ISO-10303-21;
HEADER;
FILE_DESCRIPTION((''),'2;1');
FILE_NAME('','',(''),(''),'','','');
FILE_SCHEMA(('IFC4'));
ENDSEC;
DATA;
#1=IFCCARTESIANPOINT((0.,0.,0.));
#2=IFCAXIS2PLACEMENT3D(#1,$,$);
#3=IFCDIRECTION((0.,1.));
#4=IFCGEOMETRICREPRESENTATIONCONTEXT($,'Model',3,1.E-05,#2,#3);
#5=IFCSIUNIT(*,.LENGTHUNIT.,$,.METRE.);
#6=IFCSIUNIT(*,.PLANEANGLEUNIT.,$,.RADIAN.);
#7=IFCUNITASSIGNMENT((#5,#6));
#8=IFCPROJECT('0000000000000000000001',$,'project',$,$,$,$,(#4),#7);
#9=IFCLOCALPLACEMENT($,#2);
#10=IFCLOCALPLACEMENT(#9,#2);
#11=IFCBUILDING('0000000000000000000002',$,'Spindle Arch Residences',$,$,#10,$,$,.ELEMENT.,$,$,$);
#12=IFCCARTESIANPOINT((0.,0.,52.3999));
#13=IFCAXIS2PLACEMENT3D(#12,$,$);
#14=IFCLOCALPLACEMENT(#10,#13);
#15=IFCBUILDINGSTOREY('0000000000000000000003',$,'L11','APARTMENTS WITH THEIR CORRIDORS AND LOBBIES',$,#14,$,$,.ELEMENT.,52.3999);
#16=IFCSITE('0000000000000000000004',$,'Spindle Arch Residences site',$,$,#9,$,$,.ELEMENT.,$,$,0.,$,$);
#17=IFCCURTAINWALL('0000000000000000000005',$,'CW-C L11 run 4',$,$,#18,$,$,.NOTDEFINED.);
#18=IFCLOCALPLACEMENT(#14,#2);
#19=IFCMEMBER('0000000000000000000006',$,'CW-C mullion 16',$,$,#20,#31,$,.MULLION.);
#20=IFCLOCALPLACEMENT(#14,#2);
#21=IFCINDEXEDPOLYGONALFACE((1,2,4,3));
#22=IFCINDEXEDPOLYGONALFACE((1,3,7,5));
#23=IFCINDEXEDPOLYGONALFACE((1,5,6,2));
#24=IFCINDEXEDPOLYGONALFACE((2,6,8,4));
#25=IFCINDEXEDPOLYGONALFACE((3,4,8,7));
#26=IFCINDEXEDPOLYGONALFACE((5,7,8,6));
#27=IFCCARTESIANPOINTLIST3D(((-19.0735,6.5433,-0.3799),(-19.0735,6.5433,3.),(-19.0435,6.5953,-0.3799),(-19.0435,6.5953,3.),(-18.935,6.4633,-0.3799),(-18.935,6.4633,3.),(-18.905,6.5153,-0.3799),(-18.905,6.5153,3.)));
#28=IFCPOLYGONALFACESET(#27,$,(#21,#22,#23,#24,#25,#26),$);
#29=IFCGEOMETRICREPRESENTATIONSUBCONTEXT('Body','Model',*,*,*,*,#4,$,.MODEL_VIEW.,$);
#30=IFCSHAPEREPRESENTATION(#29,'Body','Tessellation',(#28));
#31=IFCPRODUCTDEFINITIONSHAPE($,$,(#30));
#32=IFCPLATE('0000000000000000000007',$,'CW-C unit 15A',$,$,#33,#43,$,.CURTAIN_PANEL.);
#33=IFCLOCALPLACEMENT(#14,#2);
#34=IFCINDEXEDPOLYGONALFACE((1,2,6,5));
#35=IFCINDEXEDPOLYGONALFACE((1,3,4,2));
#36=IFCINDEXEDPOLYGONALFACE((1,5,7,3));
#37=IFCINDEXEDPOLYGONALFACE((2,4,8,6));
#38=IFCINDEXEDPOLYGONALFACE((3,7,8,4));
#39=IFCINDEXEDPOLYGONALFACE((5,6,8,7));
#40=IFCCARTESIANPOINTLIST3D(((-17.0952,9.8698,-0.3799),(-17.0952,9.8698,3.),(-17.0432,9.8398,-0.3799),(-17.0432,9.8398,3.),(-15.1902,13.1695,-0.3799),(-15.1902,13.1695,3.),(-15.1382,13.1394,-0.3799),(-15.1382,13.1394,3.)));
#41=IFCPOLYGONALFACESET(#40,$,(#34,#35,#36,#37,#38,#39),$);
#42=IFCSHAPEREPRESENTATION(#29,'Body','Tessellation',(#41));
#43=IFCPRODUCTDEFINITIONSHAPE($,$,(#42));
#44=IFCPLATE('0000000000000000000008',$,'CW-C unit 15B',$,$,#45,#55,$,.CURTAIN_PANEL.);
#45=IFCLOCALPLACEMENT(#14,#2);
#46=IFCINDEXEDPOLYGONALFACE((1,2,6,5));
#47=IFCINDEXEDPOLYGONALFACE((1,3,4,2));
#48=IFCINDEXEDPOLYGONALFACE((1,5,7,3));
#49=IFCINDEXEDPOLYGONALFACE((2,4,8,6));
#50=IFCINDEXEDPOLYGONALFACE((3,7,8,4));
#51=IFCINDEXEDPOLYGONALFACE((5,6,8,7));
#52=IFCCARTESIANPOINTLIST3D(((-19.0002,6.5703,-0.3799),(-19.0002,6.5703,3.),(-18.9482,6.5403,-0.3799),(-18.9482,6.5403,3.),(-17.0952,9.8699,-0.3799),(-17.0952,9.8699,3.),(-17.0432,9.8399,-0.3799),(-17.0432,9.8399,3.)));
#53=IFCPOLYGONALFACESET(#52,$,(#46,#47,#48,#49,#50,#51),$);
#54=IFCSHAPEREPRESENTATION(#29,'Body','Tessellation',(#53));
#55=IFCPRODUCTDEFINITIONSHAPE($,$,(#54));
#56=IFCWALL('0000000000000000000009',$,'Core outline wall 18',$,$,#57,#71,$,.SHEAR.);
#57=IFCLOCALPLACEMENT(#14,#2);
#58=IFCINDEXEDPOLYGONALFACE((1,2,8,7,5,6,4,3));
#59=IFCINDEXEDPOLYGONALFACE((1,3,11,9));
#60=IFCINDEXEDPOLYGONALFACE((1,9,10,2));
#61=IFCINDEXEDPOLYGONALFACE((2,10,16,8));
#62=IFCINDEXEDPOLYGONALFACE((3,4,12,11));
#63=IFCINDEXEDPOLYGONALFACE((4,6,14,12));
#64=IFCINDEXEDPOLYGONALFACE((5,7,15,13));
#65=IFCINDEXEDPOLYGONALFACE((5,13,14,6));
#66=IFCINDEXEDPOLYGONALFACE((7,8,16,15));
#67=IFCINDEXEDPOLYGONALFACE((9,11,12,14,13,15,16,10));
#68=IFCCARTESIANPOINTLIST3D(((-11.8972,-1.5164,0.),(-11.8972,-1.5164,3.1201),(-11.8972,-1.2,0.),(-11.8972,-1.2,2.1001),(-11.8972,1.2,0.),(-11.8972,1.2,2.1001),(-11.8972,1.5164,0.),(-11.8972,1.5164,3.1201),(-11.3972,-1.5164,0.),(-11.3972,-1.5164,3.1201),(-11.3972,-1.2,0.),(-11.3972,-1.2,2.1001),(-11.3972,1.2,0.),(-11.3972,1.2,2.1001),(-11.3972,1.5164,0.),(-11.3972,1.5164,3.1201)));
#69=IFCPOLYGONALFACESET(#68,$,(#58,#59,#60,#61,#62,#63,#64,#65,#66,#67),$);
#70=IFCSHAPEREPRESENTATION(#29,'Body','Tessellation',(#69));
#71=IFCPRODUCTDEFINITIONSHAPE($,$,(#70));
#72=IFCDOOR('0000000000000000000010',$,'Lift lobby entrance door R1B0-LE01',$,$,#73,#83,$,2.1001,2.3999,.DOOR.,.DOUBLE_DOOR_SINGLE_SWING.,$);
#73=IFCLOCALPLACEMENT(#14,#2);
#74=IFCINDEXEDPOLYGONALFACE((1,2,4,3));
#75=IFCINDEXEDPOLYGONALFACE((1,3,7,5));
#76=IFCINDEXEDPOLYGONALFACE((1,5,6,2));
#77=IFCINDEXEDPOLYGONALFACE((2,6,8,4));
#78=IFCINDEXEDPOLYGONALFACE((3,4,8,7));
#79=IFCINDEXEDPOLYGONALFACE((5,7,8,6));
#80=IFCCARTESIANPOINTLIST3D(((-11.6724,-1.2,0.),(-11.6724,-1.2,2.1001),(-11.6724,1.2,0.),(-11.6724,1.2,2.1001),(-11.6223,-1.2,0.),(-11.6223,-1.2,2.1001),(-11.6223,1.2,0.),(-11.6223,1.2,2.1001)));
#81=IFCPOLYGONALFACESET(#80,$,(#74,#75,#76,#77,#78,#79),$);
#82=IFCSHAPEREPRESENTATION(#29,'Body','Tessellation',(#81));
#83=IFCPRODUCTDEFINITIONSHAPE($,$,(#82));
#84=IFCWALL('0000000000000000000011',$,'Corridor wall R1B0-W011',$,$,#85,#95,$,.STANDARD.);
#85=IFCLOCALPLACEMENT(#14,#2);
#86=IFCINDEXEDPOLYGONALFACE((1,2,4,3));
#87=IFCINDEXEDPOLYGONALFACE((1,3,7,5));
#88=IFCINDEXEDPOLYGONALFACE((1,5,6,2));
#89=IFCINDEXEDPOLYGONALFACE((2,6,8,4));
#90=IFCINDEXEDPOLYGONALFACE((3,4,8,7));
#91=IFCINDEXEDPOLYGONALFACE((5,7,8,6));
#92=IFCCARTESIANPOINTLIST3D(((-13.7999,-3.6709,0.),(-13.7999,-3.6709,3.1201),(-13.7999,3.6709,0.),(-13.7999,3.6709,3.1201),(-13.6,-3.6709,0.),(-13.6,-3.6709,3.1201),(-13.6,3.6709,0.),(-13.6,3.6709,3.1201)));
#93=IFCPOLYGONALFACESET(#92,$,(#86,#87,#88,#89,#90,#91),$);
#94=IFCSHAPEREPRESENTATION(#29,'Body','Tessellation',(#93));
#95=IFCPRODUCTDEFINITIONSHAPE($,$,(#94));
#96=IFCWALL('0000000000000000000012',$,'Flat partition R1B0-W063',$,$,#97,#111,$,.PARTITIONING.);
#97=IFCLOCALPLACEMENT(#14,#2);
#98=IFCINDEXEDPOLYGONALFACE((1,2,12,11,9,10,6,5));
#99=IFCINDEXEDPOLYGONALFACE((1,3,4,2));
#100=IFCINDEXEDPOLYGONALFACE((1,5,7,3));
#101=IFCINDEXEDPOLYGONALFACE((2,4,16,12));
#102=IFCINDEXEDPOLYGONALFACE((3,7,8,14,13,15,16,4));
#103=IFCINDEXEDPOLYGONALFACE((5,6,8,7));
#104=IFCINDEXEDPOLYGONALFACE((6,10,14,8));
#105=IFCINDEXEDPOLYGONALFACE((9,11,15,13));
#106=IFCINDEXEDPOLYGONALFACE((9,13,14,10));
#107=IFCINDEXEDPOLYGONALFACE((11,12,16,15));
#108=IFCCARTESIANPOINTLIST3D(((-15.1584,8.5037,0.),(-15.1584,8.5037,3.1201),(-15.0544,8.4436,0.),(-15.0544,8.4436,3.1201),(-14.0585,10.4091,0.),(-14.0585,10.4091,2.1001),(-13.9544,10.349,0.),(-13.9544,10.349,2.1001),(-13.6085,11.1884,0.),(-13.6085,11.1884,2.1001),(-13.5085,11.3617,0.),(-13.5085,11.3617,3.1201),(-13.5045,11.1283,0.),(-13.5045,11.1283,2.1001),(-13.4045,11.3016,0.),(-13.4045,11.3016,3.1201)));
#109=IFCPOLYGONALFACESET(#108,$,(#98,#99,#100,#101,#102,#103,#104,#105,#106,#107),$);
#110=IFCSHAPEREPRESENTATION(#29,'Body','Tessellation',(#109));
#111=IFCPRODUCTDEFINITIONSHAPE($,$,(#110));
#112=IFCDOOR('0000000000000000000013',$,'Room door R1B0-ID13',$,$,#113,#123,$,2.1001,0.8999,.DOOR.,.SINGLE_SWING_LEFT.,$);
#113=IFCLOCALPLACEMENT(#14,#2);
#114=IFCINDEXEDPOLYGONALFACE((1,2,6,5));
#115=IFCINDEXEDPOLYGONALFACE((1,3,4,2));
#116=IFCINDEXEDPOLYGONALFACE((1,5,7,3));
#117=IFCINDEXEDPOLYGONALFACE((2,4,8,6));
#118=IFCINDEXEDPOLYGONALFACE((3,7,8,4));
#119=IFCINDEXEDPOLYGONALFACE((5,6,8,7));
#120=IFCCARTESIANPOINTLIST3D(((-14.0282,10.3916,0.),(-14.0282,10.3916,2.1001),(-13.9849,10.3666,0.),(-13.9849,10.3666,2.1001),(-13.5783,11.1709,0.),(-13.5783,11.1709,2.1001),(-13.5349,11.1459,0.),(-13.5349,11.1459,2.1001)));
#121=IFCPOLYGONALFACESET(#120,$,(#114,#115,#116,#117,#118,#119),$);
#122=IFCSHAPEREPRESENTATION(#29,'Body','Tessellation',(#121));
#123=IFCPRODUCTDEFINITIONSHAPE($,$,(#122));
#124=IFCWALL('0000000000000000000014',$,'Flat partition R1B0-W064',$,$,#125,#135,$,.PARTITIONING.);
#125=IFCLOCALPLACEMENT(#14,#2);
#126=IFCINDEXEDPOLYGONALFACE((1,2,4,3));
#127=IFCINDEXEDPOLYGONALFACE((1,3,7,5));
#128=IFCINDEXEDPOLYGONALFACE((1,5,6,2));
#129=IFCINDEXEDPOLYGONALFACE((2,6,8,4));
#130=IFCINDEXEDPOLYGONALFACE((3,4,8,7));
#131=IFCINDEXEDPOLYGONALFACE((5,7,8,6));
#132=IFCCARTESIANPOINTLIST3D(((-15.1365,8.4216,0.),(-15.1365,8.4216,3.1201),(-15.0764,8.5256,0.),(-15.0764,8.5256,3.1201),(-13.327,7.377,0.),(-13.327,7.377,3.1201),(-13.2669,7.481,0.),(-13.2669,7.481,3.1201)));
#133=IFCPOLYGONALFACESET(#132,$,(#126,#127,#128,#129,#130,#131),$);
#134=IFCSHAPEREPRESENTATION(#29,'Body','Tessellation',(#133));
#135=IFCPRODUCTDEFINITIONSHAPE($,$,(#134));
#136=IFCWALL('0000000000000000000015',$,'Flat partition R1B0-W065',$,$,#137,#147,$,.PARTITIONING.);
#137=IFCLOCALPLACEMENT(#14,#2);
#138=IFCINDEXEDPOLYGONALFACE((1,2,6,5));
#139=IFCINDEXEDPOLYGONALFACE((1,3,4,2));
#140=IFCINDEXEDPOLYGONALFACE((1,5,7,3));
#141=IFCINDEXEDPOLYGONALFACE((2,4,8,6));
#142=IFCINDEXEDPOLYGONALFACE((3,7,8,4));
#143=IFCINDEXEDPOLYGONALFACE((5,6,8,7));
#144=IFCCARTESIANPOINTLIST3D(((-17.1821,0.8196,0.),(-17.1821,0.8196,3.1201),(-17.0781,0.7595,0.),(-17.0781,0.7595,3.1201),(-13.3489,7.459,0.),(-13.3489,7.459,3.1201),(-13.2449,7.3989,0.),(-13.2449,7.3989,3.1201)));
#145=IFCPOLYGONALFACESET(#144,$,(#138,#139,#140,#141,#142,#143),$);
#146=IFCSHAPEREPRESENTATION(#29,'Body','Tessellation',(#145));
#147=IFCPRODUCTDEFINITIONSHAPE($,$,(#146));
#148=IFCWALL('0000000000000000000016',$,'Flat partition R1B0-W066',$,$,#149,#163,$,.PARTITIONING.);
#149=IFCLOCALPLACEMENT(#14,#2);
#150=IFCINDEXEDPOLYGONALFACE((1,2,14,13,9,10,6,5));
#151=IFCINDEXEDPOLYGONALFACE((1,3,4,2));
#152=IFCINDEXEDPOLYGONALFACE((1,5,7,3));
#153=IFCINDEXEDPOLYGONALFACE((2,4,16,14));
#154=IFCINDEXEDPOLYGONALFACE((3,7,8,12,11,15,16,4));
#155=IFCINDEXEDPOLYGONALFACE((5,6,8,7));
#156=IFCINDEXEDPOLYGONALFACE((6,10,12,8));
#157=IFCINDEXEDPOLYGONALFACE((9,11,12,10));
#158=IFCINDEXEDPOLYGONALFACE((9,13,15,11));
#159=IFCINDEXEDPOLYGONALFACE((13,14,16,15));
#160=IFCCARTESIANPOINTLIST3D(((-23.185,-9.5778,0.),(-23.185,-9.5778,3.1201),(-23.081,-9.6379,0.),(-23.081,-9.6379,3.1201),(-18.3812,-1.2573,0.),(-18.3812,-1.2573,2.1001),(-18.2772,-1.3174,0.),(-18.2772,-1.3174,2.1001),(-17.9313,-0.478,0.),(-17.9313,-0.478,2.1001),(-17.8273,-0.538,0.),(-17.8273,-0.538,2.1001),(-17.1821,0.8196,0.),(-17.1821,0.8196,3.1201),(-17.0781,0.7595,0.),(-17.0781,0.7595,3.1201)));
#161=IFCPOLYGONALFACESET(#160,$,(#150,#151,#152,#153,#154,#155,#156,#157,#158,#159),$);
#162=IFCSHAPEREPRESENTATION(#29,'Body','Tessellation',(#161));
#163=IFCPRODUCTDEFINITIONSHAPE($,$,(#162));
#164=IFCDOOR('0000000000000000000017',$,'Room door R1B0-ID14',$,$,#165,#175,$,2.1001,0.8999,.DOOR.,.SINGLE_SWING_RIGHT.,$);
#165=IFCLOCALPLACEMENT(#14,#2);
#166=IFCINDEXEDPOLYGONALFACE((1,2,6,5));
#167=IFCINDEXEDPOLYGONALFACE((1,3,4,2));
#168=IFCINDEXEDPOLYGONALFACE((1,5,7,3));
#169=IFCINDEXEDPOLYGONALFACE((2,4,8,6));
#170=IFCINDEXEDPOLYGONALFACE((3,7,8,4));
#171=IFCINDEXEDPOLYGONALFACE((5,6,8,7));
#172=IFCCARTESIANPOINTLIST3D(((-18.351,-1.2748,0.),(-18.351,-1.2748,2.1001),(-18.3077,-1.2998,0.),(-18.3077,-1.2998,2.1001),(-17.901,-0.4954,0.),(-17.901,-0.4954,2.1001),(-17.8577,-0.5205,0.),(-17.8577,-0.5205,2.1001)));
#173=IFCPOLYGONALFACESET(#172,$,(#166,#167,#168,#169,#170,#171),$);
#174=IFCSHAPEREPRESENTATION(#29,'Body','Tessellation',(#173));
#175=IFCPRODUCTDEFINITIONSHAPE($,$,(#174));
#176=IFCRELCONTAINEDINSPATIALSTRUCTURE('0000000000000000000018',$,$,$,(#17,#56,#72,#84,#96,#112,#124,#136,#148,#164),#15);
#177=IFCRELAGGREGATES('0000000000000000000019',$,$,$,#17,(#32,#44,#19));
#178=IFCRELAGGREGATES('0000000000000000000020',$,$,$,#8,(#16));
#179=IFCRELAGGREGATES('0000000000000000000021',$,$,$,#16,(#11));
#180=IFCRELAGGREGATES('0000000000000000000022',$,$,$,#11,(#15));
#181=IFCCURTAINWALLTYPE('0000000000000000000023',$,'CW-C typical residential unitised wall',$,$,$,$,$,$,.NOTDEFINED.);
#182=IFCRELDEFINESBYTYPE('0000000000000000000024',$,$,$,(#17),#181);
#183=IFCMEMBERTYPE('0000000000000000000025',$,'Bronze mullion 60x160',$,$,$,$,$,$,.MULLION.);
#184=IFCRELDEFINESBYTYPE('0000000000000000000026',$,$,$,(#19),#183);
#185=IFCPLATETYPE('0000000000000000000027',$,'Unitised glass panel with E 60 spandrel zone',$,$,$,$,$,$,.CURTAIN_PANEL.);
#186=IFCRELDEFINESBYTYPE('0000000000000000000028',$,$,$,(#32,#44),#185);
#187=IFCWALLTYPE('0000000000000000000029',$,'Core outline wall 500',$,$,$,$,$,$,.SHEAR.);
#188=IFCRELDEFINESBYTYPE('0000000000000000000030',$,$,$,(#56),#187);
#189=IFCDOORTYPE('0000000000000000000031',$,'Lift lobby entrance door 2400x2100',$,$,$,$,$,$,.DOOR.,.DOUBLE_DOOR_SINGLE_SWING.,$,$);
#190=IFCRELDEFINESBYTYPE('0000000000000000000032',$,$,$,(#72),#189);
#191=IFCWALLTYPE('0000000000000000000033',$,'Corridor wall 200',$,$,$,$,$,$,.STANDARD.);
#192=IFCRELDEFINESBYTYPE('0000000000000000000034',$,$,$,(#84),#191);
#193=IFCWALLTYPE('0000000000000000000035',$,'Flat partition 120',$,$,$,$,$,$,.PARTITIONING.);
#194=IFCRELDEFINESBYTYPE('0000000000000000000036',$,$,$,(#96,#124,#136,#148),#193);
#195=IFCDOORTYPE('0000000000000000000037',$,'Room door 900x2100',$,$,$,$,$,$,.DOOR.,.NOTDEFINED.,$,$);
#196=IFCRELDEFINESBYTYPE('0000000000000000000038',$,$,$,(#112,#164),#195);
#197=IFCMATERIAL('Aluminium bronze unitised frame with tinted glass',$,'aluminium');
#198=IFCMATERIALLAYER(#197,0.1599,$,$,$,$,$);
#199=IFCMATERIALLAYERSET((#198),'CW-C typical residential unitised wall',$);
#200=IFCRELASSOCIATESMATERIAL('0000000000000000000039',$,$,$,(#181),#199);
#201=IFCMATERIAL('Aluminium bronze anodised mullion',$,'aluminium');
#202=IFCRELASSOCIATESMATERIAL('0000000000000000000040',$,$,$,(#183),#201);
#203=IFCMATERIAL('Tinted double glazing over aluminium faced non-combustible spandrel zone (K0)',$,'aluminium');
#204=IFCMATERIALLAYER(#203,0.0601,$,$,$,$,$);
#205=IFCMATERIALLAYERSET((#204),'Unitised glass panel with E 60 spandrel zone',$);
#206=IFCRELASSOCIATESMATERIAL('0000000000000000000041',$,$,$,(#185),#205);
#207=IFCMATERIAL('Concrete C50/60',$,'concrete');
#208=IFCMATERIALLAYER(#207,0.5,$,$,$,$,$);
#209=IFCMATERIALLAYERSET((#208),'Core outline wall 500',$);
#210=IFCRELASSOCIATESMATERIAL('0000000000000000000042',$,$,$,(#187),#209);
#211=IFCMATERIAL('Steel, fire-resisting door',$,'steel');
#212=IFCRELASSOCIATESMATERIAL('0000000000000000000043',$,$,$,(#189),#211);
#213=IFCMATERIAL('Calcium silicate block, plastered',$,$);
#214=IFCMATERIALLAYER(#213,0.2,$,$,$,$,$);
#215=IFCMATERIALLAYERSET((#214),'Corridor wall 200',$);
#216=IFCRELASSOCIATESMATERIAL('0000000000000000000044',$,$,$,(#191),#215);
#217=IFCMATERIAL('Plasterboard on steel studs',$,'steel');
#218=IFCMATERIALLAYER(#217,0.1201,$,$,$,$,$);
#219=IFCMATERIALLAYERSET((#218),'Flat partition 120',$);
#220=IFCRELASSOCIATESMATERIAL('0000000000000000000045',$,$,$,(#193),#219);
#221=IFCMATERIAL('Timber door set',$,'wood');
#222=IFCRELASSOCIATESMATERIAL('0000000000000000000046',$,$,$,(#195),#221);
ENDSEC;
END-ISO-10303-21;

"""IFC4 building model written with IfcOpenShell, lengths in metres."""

from ifc_helpers import new_model, si_unit, direction, frame, frame_2d, origin, origin_2d, place, context, subcontext, project, spatial, rectangle, extrude, material, layer, layer_set, material_profile, profile_set, type_object, element, fill, aggregate, save


model = new_model("IFC4")

# Units and contexts
model_context = context("Model", 3, precision=1e-05, world=origin(), true_north=direction((0.0, 1.0)))
body_context = subcontext(model_context, "Body", "Model", "MODEL_VIEW")
ifc_project = project(units=[si_unit("LENGTHUNIT", "METRE"), si_unit("PLANEANGLEUNIT", "RADIAN")], contexts=[model_context])

# Site, building, storey
site_placement = place(None, origin())
site = spatial("IfcSite", under=ifc_project, at=site_placement, Name="Spindle Arch Residences site", CompositionType="ELEMENT", RefElevation=0.0)
building_placement = place(site_placement, origin())
building = spatial("IfcBuilding", under=site, at=building_placement, Name="Spindle Arch Residences", CompositionType="ELEMENT")
storey_placement = place(building_placement, frame((0.0, 0.0, 52.3999)))
storey = spatial("IfcBuildingStorey", under=building, at=storey_placement, Name="L11", Description="APARTMENTS WITH THEIR CORRIDORS AND LOBBIES", CompositionType="ELEMENT", Elevation=52.3999)

# Curtain wall, member, plates
ifc_material_1 = material(Name="Aluminium bronze unitised frame with tinted glass", Category="aluminium")
ifc_layer_1 = layer(ifc_material_1, 0.1599)
ifc_layer_set_1 = layer_set([ifc_layer_1], Name="CW-C typical residential unitised wall")
curtain_wall_type = type_object("IfcCurtainWallType", Name="CW-C typical residential unitised wall", PredefinedType="NOTDEFINED", material=ifc_layer_set_1)
curtain_wall_placement = place(storey_placement, origin())
curtain_wall = element("IfcCurtainWall", 1, at=curtain_wall_placement, inside=storey, type_object=curtain_wall_type, Name="CW-C L11 run 4", PredefinedType="NOTDEFINED")
ifc_material_2 = material(Name="Aluminium bronze anodised mullion", Category="aluminium")
ifc_material_profile = material_profile(ifc_material_2, rectangle(XDim=0.1599, YDim=0.0601, at=origin_2d()), Name="MU 60x160")
ifc_profile_set = profile_set([ifc_material_profile], Name="Aluminium bronze anodised mullion")
member_type = type_object("IfcMemberType", Name="Bronze mullion 60x160", PredefinedType="MULLION", material=ifc_profile_set)
member_placement = place(storey_placement, frame((-18.9893, 6.5293, -0.3799), z_axis=(0.0, 0.0, 1.0), x_axis=(0.866025, -0.5, 0.0)))
member = element("IfcMember", 2, at=member_placement, type_object=member_type, Name="CW-C mullion 16", PredefinedType="MULLION", context=body_context, shape_type="SweptSolid", body=[
    extrude(rectangle(XDim=0.1599, YDim=0.0601, at=origin_2d()), origin(), (0.0, 0.0, 1.0), 3.3799),
])
ifc_material_3 = material(Name="Tinted double glazing over aluminium faced non-combustible spandrel zone (K0)", Category="aluminium")
ifc_layer_2 = layer(ifc_material_3, 0.0601)
ifc_layer_set_2 = layer_set([ifc_layer_2], Name="Unitised glass panel with E 60 spandrel zone")
plate_type = type_object("IfcPlateType", Name="Unitised glass panel with E 60 spandrel zone", PredefinedType="CURTAIN_PANEL", material=ifc_layer_set_2)
plate_1_placement = place(storey_placement, frame((-16.1167, 11.5046, -0.3799), z_axis=(0.0, 0.0, 1.0), x_axis=(-0.5, -0.866025, 0.0)))
plate_1 = element("IfcPlate", 3, at=plate_1_placement, type_object=plate_type, Name="CW-C unit 15A", PredefinedType="CURTAIN_PANEL", context=body_context, shape_type="SweptSolid", body=[
    extrude(rectangle(XDim=3.8101, YDim=0.0601, at=origin_2d()), origin(), (0.0, 0.0, 1.0), 3.3799),
])
plate_2_placement = place(storey_placement, frame((-18.0217, 8.2051, -0.3799), z_axis=(0.0, 0.0, 1.0), x_axis=(-0.5, -0.866025, 0.0)))
plate_2 = element("IfcPlate", 4, at=plate_2_placement, type_object=plate_type, Name="CW-C unit 15B", PredefinedType="CURTAIN_PANEL", context=body_context, shape_type="SweptSolid", body=[
    extrude(rectangle(XDim=3.8101, YDim=0.0601, at=origin_2d()), origin(), (0.0, 0.0, 1.0), 3.3799),
])
aggregate(curtain_wall, [plate_1, plate_2, member])

# Wall, opening, door
ifc_material_4 = material(Name="Concrete C50/60", Category="concrete")
ifc_layer_3 = layer(ifc_material_4, 0.5)
ifc_layer_set_3 = layer_set([ifc_layer_3], Name="Core outline wall 500")
wall_type_1 = type_object("IfcWallType", Name="Core outline wall 500", PredefinedType="SHEAR", material=ifc_layer_set_3)
wall_1_placement = place(storey_placement, frame((-11.6472, 1.5164, 0.0), z_axis=(0.0, 0.0, 1.0), x_axis=(0.0, -1.0, 0.0)))
wall_1 = element("IfcWall", 5, at=wall_1_placement, inside=storey, type_object=wall_type_1, Name="Core outline wall 18", PredefinedType="SHEAR", context=body_context, shape_type="SweptSolid", body=[
    extrude(rectangle(XDim=3.0327, YDim=0.5, at=frame_2d((1.5164, 0.0))), origin(), (0.0, 0.0, 1.0), 3.1201),
])
opening_1_placement = place(wall_1_placement, frame((0.3164, 0.0, 0.0)))
opening_1 = element("IfcOpeningElement", 6, at=opening_1_placement, cuts=wall_1, PredefinedType="OPENING", context=body_context, shape_type="SweptSolid", body=[
    extrude(rectangle(XDim=2.3999, YDim=2.1001, at=frame_2d((1.2, 1.05))), frame((0.0, 0.26, 0.0), z_axis=(0.0, -1.0, 0.0), x_axis=(1.0, 0.0, 0.0)), (0.0, 0.0, 1.0), 0.52),
])
ifc_material_5 = material(Name="Steel, fire-resisting door", Category="steel")
door_type_1 = type_object("IfcDoorType", Name="Lift lobby entrance door 2400x2100", OperationType="DOUBLE_DOOR_SINGLE_SWING", PredefinedType="DOOR", material=ifc_material_5)
door_1_placement = place(opening_1_placement, origin())
door_1 = element("IfcDoor", 7, at=door_1_placement, inside=storey, type_object=door_type_1, Name="Lift lobby entrance door R1B0-LE01", OperationType="DOUBLE_DOOR_SINGLE_SWING", OverallHeight=2.1001, OverallWidth=2.3999, PredefinedType="DOOR", context=body_context, shape_type="SweptSolid", body=[
    extrude(rectangle(XDim=2.3999, YDim=2.1001, at=frame_2d((1.2, 1.05))), frame((0.0, 0.0249, 0.0), z_axis=(0.0, -1.0, 0.0), x_axis=(1.0, 0.0, 0.0)), (0.0, 0.0, 1.0), 0.05),
])
fill(opening_1, door_1)

# Wall
ifc_material_6 = material(Name="Calcium silicate block, plastered")
ifc_layer_4 = layer(ifc_material_6, 0.2)
ifc_layer_set_4 = layer_set([ifc_layer_4], Name="Corridor wall 200")
wall_type_2 = type_object("IfcWallType", Name="Corridor wall 200", PredefinedType="STANDARD", material=ifc_layer_set_4)
wall_2_placement = place(storey_placement, frame((-13.7, 3.6709, 0.0), z_axis=(0.0, 0.0, 1.0), x_axis=(0.0, -1.0, 0.0)))
element("IfcWall", 8, at=wall_2_placement, inside=storey, type_object=wall_type_2, Name="Corridor wall R1B0-W011", PredefinedType="STANDARD", context=body_context, shape_type="SweptSolid", body=[
    extrude(rectangle(XDim=7.3418, YDim=0.2, at=frame_2d((3.6709, 0.0))), origin(), (0.0, 0.0, 1.0), 3.1201),
])

# Wall, opening, door
ifc_material_7 = material(Name="Plasterboard on steel studs", Category="steel")
ifc_layer_5 = layer(ifc_material_7, 0.1201)
ifc_layer_set_5 = layer_set([ifc_layer_5], Name="Flat partition 120")
wall_type_3 = type_object("IfcWallType", Name="Flat partition 120", PredefinedType="PARTITIONING", material=ifc_layer_set_5)
wall_3_placement = place(storey_placement, frame((-13.4565, 11.3315, 0.0), z_axis=(0.0, 0.0, 1.0), x_axis=(-0.499974, -0.86604, 0.0)))
wall_3 = element("IfcWall", 9, at=wall_3_placement, inside=storey, type_object=wall_type_3, Name="Flat partition R1B0-W063", PredefinedType="PARTITIONING", context=body_context, shape_type="SweptSolid", body=[
    extrude(rectangle(XDim=3.3, YDim=0.1201, at=frame_2d((1.6499, 0.0))), origin(), (0.0, 0.0, 1.0), 3.1201),
])
opening_2_placement = place(wall_3_placement, frame((0.2, 0.0, 0.0)))
opening_2 = element("IfcOpeningElement", 10, at=opening_2_placement, cuts=wall_3, PredefinedType="OPENING", context=body_context, shape_type="SweptSolid", body=[
    extrude(rectangle(XDim=0.8999, YDim=2.1001, at=frame_2d((0.45, 1.05))), frame((0.0, 0.0701, 0.0), z_axis=(0.0, -1.0, 0.0), x_axis=(1.0, 0.0, 0.0)), (0.0, 0.0, 1.0), 0.1401),
])
ifc_material_8 = material(Name="Timber door set", Category="wood")
door_type_2 = type_object("IfcDoorType", Name="Room door 900x2100", OperationType="NOTDEFINED", PredefinedType="DOOR", material=ifc_material_8)
door_2_placement = place(opening_2_placement, origin())
door_2 = element("IfcDoor", 11, at=door_2_placement, inside=storey, type_object=door_type_2, Name="Room door R1B0-ID13", OperationType="SINGLE_SWING_LEFT", OverallHeight=2.1001, OverallWidth=0.8999, PredefinedType="DOOR", context=body_context, shape_type="SweptSolid", body=[
    extrude(rectangle(XDim=0.8999, YDim=2.1001, at=frame_2d((0.45, 1.05))), frame((0.0, 0.0249, 0.0), z_axis=(0.0, -1.0, 0.0), x_axis=(1.0, 0.0, 0.0)), (0.0, 0.0, 1.0), 0.05),
])
fill(opening_2, door_2)

# Walls
wall_4_placement = place(storey_placement, frame((-15.1064, 8.4736, 0.0), z_axis=(0.0, 0.0, 1.0), x_axis=(0.866042, -0.499972, 0.0)))
element("IfcWall", 12, at=wall_4_placement, inside=storey, type_object=wall_type_3, Name="Flat partition R1B0-W064", PredefinedType="PARTITIONING", context=body_context, shape_type="SweptSolid", body=[
    extrude(rectangle(XDim=2.0894, YDim=0.1201, at=frame_2d((1.0447, 0.0))), origin(), (0.0, 0.0, 1.0), 3.1201),
])
wall_5_placement = place(storey_placement, frame((-13.2969, 7.429, 0.0), z_axis=(0.0, 0.0, 1.0), x_axis=(-0.499999, -0.866026, 0.0)))
element("IfcWall", 13, at=wall_5_placement, inside=storey, type_object=wall_type_3, Name="Flat partition R1B0-W065", PredefinedType="PARTITIONING", context=body_context, shape_type="SweptSolid", body=[
    extrude(rectangle(XDim=7.6665, YDim=0.1201, at=frame_2d((3.8333, 0.0))), origin(), (0.0, 0.0, 1.0), 3.1201),
])

# Wall, opening, door
wall_6_placement = place(storey_placement, frame((-17.1301, 0.7896, 0.0), z_axis=(0.0, 0.0, 1.0), x_axis=(-0.499997, -0.866027, 0.0)))
wall_6 = element("IfcWall", 14, at=wall_6_placement, inside=storey, type_object=wall_type_3, Name="Flat partition R1B0-W066", PredefinedType="PARTITIONING", context=body_context, shape_type="SweptSolid", body=[
    extrude(rectangle(XDim=12.0059, YDim=0.1201, at=frame_2d((6.0029, 0.0))), origin(), (0.0, 0.0, 1.0), 3.1201),
])
opening_3_placement = place(wall_6_placement, frame((1.4983, 0.0, 0.0)))
opening_3 = element("IfcOpeningElement", 15, at=opening_3_placement, cuts=wall_6, PredefinedType="OPENING", context=body_context, shape_type="SweptSolid", body=[
    extrude(rectangle(XDim=0.8999, YDim=2.1001, at=frame_2d((0.45, 1.05))), frame((0.0, 0.0701, 0.0), z_axis=(0.0, -1.0, 0.0), x_axis=(1.0, 0.0, 0.0)), (0.0, 0.0, 1.0), 0.1401),
])
door_3_placement = place(opening_3_placement, origin())
door_3 = element("IfcDoor", 16, at=door_3_placement, inside=storey, type_object=door_type_2, Name="Room door R1B0-ID14", OperationType="SINGLE_SWING_RIGHT", OverallHeight=2.1001, OverallWidth=0.8999, PredefinedType="DOOR", context=body_context, shape_type="SweptSolid", body=[
    extrude(rectangle(XDim=0.8999, YDim=2.1001, at=frame_2d((0.45, 1.05))), frame((0.0, 0.0249, 0.0), z_axis=(0.0, -1.0, 0.0), x_axis=(1.0, 0.0, 0.0)), (0.0, 0.0, 1.0), 0.05),
])
fill(opening_3, door_3)

save(model, "model.ifc")
